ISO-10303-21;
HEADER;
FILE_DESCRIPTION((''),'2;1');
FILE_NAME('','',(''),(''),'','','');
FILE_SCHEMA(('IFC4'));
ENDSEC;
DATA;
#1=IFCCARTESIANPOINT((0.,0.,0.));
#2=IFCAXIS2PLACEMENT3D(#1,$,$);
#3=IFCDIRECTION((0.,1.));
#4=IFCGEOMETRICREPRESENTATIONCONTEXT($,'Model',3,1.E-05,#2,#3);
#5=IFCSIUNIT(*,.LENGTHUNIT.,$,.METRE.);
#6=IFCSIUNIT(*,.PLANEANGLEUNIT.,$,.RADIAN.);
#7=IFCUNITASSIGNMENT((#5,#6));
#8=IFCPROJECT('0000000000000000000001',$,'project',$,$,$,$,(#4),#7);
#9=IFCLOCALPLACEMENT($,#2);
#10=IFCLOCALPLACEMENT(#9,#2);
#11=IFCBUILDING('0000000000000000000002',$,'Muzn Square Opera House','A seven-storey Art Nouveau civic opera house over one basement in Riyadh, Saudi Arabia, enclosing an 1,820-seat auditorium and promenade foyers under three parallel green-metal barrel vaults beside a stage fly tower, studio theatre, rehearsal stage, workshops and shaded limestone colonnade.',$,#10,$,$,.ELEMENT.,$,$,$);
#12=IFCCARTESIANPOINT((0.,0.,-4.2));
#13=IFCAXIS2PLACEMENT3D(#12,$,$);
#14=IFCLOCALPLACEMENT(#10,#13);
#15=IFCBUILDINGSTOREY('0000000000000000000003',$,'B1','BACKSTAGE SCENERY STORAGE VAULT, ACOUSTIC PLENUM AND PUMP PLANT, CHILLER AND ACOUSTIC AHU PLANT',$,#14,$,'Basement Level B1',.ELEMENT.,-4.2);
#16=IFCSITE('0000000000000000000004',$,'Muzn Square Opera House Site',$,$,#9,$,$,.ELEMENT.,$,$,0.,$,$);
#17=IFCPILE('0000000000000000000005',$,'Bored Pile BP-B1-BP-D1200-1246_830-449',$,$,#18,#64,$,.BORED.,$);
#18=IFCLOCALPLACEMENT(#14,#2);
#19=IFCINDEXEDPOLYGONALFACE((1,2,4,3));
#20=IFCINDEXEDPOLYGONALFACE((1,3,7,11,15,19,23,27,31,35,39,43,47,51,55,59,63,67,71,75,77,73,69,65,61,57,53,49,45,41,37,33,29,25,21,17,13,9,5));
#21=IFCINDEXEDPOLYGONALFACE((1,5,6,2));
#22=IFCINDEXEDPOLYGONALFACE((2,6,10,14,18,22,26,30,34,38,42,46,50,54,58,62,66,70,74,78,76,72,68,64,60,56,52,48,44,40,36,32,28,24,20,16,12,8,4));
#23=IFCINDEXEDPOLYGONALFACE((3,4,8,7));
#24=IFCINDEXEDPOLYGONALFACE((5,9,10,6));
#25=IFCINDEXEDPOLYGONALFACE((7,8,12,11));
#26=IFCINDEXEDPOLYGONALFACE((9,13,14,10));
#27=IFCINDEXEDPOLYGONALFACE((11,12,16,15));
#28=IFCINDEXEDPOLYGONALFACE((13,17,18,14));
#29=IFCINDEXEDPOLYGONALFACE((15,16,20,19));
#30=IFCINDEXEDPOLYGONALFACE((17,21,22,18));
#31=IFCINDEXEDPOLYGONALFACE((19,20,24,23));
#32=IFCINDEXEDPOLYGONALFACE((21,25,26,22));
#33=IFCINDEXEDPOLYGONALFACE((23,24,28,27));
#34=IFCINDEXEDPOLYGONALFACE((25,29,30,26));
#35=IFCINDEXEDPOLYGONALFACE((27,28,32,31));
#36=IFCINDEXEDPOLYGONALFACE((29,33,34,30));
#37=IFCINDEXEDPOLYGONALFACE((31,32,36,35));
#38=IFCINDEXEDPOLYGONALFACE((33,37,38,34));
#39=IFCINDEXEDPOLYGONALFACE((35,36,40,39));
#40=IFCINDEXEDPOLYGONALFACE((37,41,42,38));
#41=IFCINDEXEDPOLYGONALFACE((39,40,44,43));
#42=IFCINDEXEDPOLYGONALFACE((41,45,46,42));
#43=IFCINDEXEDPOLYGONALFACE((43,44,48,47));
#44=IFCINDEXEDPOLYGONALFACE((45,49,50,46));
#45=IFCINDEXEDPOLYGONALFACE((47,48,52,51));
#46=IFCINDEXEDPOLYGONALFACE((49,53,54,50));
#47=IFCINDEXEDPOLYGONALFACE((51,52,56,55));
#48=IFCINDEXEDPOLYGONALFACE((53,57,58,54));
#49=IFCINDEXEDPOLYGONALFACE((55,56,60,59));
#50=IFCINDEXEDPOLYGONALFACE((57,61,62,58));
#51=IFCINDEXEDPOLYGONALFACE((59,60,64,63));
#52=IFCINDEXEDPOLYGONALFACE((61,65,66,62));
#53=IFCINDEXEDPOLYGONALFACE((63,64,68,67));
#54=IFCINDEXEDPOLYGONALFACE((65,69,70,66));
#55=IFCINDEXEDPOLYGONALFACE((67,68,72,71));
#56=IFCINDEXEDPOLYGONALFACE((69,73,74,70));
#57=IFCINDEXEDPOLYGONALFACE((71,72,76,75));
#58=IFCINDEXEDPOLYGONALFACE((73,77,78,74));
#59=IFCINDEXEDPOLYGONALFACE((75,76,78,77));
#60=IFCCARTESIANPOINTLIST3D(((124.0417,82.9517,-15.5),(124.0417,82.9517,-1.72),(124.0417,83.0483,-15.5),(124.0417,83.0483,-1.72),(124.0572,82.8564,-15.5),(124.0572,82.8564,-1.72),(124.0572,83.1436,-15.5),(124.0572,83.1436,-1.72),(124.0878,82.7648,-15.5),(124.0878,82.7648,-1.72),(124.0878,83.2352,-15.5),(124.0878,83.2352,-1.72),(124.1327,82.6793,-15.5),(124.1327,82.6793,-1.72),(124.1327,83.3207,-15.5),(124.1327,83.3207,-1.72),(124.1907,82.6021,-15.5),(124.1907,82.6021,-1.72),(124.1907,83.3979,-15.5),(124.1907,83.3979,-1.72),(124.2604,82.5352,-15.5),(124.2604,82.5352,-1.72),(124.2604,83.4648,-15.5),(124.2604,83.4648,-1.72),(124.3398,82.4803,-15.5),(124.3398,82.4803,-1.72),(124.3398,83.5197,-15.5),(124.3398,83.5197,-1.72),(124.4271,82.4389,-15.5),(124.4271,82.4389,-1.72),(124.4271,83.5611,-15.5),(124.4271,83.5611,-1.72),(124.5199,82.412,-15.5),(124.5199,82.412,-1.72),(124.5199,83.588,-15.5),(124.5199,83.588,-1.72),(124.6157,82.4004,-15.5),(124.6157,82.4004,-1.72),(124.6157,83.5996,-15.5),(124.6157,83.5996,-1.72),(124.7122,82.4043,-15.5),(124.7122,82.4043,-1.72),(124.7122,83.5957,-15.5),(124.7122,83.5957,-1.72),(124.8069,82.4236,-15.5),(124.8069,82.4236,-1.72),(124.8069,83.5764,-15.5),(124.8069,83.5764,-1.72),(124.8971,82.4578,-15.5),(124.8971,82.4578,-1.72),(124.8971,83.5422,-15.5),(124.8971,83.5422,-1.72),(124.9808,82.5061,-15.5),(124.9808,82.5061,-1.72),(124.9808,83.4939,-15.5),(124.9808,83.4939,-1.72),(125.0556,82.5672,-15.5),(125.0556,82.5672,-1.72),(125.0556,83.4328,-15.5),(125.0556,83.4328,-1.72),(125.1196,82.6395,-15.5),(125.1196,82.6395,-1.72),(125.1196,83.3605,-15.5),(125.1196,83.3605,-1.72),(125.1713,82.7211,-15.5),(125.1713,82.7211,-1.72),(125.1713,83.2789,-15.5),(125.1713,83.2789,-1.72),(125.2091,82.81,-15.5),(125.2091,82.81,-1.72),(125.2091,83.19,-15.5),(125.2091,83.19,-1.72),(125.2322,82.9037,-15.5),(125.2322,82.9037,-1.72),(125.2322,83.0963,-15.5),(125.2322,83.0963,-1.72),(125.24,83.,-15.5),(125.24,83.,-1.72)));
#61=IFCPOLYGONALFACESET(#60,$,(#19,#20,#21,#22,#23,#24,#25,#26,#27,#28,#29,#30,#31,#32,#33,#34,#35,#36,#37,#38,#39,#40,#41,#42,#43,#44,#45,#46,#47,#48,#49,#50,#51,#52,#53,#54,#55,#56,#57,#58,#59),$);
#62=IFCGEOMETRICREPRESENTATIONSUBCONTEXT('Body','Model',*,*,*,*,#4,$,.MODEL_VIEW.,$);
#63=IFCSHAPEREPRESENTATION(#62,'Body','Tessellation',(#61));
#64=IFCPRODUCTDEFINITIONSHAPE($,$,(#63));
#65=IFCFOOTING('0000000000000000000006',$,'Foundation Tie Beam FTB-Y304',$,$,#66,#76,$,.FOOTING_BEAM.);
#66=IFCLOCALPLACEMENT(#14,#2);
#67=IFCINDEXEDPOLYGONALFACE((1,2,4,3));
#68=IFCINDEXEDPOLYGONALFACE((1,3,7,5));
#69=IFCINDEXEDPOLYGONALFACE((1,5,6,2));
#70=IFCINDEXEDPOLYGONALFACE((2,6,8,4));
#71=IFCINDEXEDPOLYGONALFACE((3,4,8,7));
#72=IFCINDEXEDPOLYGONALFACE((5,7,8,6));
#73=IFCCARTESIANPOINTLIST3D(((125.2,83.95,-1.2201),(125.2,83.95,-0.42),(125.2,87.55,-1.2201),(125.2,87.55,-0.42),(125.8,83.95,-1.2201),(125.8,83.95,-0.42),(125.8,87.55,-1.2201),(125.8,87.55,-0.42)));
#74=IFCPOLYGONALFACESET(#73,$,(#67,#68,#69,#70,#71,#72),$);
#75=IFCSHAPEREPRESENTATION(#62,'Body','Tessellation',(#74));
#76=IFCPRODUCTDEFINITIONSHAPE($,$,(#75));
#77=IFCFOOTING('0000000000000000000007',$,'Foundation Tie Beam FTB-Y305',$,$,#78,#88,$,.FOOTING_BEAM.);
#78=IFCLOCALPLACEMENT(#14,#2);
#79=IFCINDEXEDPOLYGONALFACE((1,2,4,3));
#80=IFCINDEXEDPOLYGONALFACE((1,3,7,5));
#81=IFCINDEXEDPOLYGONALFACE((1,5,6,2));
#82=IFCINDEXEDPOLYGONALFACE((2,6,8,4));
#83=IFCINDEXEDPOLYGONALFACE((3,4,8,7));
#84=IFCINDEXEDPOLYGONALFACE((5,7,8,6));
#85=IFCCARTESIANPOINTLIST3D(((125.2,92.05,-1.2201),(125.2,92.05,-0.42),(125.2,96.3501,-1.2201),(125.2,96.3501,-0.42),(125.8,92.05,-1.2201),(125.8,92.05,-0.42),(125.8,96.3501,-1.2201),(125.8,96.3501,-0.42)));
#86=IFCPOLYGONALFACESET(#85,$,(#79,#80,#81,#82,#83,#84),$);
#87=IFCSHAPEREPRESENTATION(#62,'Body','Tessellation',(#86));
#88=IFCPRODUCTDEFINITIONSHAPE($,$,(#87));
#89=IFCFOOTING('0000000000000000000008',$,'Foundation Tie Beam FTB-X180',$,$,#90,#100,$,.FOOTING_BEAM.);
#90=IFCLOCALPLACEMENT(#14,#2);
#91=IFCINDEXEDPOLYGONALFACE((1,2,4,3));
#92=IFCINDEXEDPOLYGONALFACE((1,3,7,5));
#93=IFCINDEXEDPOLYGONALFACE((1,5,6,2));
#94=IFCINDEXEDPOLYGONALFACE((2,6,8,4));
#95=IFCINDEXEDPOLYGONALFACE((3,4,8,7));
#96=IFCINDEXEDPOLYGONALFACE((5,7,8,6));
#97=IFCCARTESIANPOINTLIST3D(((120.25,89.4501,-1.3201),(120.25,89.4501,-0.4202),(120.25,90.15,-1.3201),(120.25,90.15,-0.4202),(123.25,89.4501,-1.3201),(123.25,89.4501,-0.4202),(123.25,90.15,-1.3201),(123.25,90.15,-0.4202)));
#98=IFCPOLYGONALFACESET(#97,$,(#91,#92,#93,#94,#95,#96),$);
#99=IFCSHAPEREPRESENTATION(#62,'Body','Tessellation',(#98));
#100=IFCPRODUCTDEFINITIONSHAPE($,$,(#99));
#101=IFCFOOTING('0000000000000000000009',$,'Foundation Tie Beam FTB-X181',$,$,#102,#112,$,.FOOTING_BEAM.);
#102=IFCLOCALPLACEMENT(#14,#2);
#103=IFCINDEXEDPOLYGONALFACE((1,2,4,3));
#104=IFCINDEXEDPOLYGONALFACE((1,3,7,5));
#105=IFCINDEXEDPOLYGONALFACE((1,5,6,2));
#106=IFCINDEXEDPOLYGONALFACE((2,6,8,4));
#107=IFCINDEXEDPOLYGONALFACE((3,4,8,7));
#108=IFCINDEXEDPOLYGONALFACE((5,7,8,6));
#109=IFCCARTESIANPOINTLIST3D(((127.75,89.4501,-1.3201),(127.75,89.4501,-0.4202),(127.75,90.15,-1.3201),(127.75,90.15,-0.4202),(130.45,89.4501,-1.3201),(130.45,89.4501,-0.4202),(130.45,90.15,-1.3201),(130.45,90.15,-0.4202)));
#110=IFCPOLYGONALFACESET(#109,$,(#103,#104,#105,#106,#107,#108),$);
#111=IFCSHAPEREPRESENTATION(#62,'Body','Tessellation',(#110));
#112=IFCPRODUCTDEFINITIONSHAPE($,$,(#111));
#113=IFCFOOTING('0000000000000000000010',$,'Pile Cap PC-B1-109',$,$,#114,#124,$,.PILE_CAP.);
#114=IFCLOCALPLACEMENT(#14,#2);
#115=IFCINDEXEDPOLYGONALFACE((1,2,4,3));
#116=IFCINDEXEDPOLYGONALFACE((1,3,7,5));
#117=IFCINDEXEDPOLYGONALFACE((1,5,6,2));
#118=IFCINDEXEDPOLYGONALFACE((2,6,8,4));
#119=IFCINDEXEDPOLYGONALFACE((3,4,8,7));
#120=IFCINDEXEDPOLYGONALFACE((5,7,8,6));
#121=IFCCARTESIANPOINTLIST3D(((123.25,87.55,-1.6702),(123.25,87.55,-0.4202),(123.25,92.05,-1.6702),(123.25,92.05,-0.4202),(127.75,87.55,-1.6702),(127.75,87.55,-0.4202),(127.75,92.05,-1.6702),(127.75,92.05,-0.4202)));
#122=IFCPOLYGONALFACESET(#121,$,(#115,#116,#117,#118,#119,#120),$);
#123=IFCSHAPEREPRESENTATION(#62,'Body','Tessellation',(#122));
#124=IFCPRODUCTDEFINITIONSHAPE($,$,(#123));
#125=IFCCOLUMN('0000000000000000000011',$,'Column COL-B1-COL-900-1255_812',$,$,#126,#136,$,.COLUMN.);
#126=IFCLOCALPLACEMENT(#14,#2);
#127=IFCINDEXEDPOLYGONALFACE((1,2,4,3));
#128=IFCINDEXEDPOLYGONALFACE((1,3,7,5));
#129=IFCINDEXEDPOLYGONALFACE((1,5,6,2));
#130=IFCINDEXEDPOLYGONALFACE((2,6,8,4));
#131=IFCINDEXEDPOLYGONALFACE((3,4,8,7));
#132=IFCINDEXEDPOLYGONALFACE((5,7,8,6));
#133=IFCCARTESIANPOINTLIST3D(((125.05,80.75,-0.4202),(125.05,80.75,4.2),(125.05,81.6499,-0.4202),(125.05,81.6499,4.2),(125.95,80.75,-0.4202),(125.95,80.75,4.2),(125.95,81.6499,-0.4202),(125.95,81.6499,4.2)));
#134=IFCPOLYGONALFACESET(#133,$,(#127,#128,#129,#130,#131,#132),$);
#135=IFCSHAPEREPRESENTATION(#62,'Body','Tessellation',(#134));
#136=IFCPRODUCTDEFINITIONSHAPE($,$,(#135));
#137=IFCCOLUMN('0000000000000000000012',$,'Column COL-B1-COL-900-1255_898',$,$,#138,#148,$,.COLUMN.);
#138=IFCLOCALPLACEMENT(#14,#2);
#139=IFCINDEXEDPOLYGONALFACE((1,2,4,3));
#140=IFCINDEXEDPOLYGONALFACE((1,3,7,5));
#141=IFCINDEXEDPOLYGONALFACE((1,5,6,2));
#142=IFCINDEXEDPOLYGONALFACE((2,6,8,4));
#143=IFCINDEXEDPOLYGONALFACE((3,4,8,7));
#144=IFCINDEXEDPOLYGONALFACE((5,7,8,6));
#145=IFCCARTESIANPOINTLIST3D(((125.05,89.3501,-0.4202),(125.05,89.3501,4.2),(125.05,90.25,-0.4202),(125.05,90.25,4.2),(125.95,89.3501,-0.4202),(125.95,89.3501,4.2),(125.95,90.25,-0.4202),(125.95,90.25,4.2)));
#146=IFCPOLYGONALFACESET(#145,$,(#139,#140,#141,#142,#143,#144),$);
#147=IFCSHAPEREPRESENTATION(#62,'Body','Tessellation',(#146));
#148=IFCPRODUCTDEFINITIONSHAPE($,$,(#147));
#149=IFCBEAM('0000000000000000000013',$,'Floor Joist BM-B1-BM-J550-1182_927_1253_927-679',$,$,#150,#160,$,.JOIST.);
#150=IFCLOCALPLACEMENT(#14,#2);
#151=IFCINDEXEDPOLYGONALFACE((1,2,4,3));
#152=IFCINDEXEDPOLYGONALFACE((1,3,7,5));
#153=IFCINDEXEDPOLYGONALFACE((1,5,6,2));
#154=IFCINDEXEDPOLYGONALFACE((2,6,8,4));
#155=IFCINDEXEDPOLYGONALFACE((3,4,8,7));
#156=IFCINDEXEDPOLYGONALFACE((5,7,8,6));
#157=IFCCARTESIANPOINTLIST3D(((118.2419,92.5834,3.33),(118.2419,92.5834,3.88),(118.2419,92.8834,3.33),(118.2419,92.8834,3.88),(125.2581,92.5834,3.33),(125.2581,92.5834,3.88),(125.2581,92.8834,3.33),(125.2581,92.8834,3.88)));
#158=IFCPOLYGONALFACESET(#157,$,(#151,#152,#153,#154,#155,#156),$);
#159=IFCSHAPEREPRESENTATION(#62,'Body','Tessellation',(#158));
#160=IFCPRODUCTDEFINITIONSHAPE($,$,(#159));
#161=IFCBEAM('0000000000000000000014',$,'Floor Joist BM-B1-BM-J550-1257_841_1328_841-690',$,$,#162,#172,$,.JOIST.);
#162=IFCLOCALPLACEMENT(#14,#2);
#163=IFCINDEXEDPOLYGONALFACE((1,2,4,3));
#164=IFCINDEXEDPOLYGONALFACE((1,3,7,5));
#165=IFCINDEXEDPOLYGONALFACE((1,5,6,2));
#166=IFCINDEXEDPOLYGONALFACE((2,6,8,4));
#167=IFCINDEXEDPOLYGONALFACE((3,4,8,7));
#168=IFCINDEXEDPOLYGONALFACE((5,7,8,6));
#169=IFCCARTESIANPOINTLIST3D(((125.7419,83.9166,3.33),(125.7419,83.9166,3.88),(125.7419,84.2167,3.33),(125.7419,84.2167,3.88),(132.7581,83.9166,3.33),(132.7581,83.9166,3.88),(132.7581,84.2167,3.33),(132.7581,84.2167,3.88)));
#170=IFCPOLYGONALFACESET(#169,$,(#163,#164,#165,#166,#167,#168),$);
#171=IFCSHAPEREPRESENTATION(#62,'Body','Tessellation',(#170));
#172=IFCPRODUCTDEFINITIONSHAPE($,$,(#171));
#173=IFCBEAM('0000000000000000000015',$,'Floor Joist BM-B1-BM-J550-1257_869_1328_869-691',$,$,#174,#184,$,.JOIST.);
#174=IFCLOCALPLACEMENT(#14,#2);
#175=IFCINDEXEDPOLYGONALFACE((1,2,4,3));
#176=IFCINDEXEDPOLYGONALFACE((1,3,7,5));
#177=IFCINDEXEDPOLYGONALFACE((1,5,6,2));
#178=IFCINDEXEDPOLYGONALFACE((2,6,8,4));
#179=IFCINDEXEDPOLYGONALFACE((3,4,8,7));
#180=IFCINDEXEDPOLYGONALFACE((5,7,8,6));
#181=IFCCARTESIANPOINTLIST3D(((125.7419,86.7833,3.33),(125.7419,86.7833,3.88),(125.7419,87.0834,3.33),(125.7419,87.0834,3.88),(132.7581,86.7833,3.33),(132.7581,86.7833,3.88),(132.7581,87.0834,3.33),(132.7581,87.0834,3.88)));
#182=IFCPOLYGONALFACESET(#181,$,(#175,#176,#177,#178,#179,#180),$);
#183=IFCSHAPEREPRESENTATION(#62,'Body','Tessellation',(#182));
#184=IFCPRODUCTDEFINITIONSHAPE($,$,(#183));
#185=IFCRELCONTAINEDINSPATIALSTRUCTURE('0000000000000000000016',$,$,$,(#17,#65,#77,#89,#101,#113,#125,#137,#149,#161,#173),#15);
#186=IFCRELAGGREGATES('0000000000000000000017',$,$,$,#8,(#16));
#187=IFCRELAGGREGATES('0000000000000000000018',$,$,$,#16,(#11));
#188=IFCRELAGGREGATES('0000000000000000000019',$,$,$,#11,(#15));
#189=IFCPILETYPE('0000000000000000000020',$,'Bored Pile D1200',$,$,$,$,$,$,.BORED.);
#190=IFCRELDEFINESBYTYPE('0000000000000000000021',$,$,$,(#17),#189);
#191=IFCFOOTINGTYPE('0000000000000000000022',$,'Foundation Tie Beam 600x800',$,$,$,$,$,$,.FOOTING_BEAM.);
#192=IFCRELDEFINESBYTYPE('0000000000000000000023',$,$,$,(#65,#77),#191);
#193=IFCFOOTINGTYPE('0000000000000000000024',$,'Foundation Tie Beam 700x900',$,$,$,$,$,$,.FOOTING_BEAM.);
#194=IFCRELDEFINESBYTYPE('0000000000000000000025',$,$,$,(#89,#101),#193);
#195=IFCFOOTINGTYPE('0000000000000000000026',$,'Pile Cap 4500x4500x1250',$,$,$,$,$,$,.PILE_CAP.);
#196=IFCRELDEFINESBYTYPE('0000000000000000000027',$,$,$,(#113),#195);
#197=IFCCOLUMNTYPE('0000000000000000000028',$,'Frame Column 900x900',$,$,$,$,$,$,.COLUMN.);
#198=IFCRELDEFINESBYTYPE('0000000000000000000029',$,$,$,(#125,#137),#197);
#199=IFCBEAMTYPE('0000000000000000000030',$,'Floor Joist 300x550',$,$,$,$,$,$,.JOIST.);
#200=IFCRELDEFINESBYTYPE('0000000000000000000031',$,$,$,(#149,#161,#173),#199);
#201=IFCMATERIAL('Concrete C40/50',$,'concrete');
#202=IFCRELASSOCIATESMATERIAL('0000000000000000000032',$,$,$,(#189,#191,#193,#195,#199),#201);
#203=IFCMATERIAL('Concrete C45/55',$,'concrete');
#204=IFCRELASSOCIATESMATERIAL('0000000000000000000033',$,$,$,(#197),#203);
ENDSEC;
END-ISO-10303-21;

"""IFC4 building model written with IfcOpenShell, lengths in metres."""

from ifc_helpers import new_model, si_unit, direction, frame, origin, origin_2d, place, context, subcontext, project, spatial, rectangle, circle, extrude, material, material_profile, profile_set, type_object, element, save


model = new_model("IFC4")

# Units and contexts
model_context = context("Model", 3, precision=1e-05, world=origin(), true_north=direction((0.0, 1.0)))
body_context = subcontext(model_context, "Body", "Model", "MODEL_VIEW")
ifc_project = project(units=[si_unit("LENGTHUNIT", "METRE"), si_unit("PLANEANGLEUNIT", "RADIAN")], contexts=[model_context])

# Site, building, storey
site_placement = place(None, origin())
site = spatial("IfcSite", under=ifc_project, at=site_placement, Name="Muzn Square Opera House Site", CompositionType="ELEMENT", RefElevation=0.0)
building_placement = place(site_placement, origin())
building = spatial("IfcBuilding", under=site, at=building_placement, Name="Muzn Square Opera House", Description="A seven-storey Art Nouveau civic opera house over one basement in Riyadh, Saudi Arabia, enclosing an 1,820-seat auditorium and promenade foyers under three parallel green-metal barrel vaults beside a stage fly tower, studio theatre, rehearsal stage, workshops and shaded limestone colonnade.", CompositionType="ELEMENT")
storey_placement = place(building_placement, frame((0.0, 0.0, -4.2)))
storey = spatial("IfcBuildingStorey", under=building, at=storey_placement, Name="B1", Description="BACKSTAGE SCENERY STORAGE VAULT, ACOUSTIC PLENUM AND PUMP PLANT, CHILLER AND ACOUSTIC AHU PLANT", LongName="Basement Level B1", CompositionType="ELEMENT", Elevation=-4.2)

# Pile
ifc_material_1 = material(Name="Concrete C40/50", Category="concrete")
ifc_material_profile_1 = material_profile(ifc_material_1, circle(Radius=0.6001, at=origin_2d()), Name="BORED PILE D1200", Category="concrete")
ifc_profile_set_1 = profile_set([ifc_material_profile_1], Name="Concrete C40/50")
pile_type_1 = type_object("IfcPileType", Name="Bored Pile D1200", PredefinedType="BORED", material=ifc_profile_set_1)
for number, where, z_axis, x_axis, name in (
    (1, (124.6399, 83.0, -1.72), (0.0, 0.0, -1.0), (1.0, 0.0, 0.0), "Bored Pile BP-B1-BP-D1200-1246_830-449"),
):
    element("IfcPile", number, at=place(storey_placement, frame(where, z_axis=z_axis, x_axis=x_axis)), inside=storey, type_object=pile_type_1, Name=name, PredefinedType="BORED", context=body_context, shape_type="SweptSolid", body=[
        extrude(circle(Radius=0.6001, at=origin_2d()), origin(), (0.0, 0.0, 1.0), 13.78),
    ])

# Footings
ifc_material_profile_2 = material_profile(ifc_material_1, rectangle(XDim=0.6001, YDim=0.8, at=origin_2d()), Name="RCTB 600x800", Category="concrete")
ifc_profile_set_2 = profile_set([ifc_material_profile_2], Name="Concrete C40/50")
footing_type_1 = type_object("IfcFootingType", Name="Foundation Tie Beam 600x800", PredefinedType="FOOTING_BEAM", material=ifc_profile_set_2)
footing_1_placement = place(storey_placement, frame((125.5, 83.95, -0.8201), z_axis=(0.0, 1.0, 0.0), x_axis=(-1.0, 0.0, 0.0)))
element("IfcFooting", 2, at=footing_1_placement, inside=storey, type_object=footing_type_1, Name="Foundation Tie Beam FTB-Y304", PredefinedType="FOOTING_BEAM", context=body_context, shape_type="SweptSolid", body=[
    extrude(rectangle(XDim=0.6001, YDim=0.8, at=origin_2d()), origin(), (0.0, 0.0, 1.0), 3.6001),
])
footing_2_placement = place(storey_placement, frame((125.5, 92.05, -0.8201), z_axis=(0.0, 1.0, 0.0), x_axis=(-1.0, 0.0, 0.0)))
element("IfcFooting", 3, at=footing_2_placement, inside=storey, type_object=footing_type_1, Name="Foundation Tie Beam FTB-Y305", PredefinedType="FOOTING_BEAM", context=body_context, shape_type="SweptSolid", body=[
    extrude(rectangle(XDim=0.6001, YDim=0.8, at=origin_2d()), origin(), (0.0, 0.0, 1.0), 4.3),
])
ifc_material_profile_3 = material_profile(ifc_material_1, rectangle(XDim=0.7, YDim=0.8999, at=origin_2d()), Name="RCTB 700x900", Category="concrete")
ifc_profile_set_3 = profile_set([ifc_material_profile_3], Name="Concrete C40/50")
footing_type_2 = type_object("IfcFootingType", Name="Foundation Tie Beam 700x900", PredefinedType="FOOTING_BEAM", material=ifc_profile_set_3)
footing_3_placement = place(storey_placement, frame((120.25, 89.8, -0.8701), z_axis=(1.0, 0.0, 0.0), x_axis=(0.0, 1.0, 0.0)))
element("IfcFooting", 4, at=footing_3_placement, inside=storey, type_object=footing_type_2, Name="Foundation Tie Beam FTB-X180", PredefinedType="FOOTING_BEAM", context=body_context, shape_type="SweptSolid", body=[
    extrude(rectangle(XDim=0.7, YDim=0.8999, at=origin_2d()), origin(), (0.0, 0.0, 1.0), 3.0),
])
footing_4_placement = place(storey_placement, frame((127.75, 89.8, -0.8701), z_axis=(1.0, 0.0, 0.0), x_axis=(0.0, 1.0, 0.0)))
element("IfcFooting", 5, at=footing_4_placement, inside=storey, type_object=footing_type_2, Name="Foundation Tie Beam FTB-X181", PredefinedType="FOOTING_BEAM", context=body_context, shape_type="SweptSolid", body=[
    extrude(rectangle(XDim=0.7, YDim=0.8999, at=origin_2d()), origin(), (0.0, 0.0, 1.0), 2.7),
])
footing_type_3 = type_object("IfcFootingType", Name="Pile Cap 4500x4500x1250", PredefinedType="PILE_CAP", material=ifc_material_1)
footing_5_placement = place(storey_placement, frame((125.5, 89.8, -1.6702), z_axis=(0.0, 0.0, 1.0), x_axis=(1.0, 0.0, 0.0)))
element("IfcFooting", 6, at=footing_5_placement, inside=storey, type_object=footing_type_3, Name="Pile Cap PC-B1-109", PredefinedType="PILE_CAP", context=body_context, shape_type="SweptSolid", body=[
    extrude(rectangle(XDim=4.5, YDim=4.5, at=origin_2d()), origin(), (0.0, 0.0, 1.0), 1.25),
])

# Columns
ifc_material_2 = material(Name="Concrete C45/55", Category="concrete")
ifc_material_profile_4 = material_profile(ifc_material_2, rectangle(XDim=0.8999, YDim=0.8999, at=origin_2d()), Name="RC 900x900", Category="concrete")
ifc_profile_set_4 = profile_set([ifc_material_profile_4], Name="Concrete C45/55")
column_type = type_object("IfcColumnType", Name="Frame Column 900x900", PredefinedType="COLUMN", material=ifc_profile_set_4)
for number, where, z_axis, x_axis, name in (
    (7, (125.5, 81.2, -0.4202), (0.0, 0.0, 1.0), (1.0, 0.0, 0.0), "Column COL-B1-COL-900-1255_812"),
    (8, (125.5, 89.8, -0.4202), (0.0, 0.0, 1.0), (1.0, 0.0, 0.0), "Column COL-B1-COL-900-1255_898"),
):
    element("IfcColumn", number, at=place(storey_placement, frame(where, z_axis=z_axis, x_axis=x_axis)), inside=storey, type_object=column_type, Name=name, PredefinedType="COLUMN", context=body_context, shape_type="SweptSolid", body=[
        extrude(rectangle(XDim=0.8999, YDim=0.8999, at=origin_2d()), origin(), (0.0, 0.0, 1.0), 4.6201),
    ])

# Beams
ifc_material_profile_5 = material_profile(ifc_material_1, rectangle(XDim=0.3, YDim=0.55, at=origin_2d()), Name="RCJ 300x550", Category="concrete")
ifc_profile_set_5 = profile_set([ifc_material_profile_5], Name="Concrete C40/50")
beam_type_1 = type_object("IfcBeamType", Name="Floor Joist 300x550", PredefinedType="JOIST", material=ifc_profile_set_5)
for number, where, z_axis, x_axis, name in (
    (9, (118.2419, 92.7334, 3.605), (1.0, 0.0, 0.0), (0.0, 1.0, 0.0), "Floor Joist BM-B1-BM-J550-1182_927_1253_927-679"),
    (10, (125.7419, 84.0667, 3.605), (1.0, 0.0, 0.0), (0.0, 1.0, 0.0), "Floor Joist BM-B1-BM-J550-1257_841_1328_841-690"),
    (11, (125.7419, 86.9333, 3.605), (1.0, 0.0, 0.0), (0.0, 1.0, 0.0), "Floor Joist BM-B1-BM-J550-1257_869_1328_869-691"),
):
    element("IfcBeam", number, at=place(storey_placement, frame(where, z_axis=z_axis, x_axis=x_axis)), inside=storey, type_object=beam_type_1, Name=name, PredefinedType="JOIST", context=body_context, shape_type="SweptSolid", body=[
        extrude(rectangle(XDim=0.3, YDim=0.55, at=origin_2d()), origin(), (0.0, 0.0, 1.0), 7.0161),
    ])

save(model, "model.ifc")
